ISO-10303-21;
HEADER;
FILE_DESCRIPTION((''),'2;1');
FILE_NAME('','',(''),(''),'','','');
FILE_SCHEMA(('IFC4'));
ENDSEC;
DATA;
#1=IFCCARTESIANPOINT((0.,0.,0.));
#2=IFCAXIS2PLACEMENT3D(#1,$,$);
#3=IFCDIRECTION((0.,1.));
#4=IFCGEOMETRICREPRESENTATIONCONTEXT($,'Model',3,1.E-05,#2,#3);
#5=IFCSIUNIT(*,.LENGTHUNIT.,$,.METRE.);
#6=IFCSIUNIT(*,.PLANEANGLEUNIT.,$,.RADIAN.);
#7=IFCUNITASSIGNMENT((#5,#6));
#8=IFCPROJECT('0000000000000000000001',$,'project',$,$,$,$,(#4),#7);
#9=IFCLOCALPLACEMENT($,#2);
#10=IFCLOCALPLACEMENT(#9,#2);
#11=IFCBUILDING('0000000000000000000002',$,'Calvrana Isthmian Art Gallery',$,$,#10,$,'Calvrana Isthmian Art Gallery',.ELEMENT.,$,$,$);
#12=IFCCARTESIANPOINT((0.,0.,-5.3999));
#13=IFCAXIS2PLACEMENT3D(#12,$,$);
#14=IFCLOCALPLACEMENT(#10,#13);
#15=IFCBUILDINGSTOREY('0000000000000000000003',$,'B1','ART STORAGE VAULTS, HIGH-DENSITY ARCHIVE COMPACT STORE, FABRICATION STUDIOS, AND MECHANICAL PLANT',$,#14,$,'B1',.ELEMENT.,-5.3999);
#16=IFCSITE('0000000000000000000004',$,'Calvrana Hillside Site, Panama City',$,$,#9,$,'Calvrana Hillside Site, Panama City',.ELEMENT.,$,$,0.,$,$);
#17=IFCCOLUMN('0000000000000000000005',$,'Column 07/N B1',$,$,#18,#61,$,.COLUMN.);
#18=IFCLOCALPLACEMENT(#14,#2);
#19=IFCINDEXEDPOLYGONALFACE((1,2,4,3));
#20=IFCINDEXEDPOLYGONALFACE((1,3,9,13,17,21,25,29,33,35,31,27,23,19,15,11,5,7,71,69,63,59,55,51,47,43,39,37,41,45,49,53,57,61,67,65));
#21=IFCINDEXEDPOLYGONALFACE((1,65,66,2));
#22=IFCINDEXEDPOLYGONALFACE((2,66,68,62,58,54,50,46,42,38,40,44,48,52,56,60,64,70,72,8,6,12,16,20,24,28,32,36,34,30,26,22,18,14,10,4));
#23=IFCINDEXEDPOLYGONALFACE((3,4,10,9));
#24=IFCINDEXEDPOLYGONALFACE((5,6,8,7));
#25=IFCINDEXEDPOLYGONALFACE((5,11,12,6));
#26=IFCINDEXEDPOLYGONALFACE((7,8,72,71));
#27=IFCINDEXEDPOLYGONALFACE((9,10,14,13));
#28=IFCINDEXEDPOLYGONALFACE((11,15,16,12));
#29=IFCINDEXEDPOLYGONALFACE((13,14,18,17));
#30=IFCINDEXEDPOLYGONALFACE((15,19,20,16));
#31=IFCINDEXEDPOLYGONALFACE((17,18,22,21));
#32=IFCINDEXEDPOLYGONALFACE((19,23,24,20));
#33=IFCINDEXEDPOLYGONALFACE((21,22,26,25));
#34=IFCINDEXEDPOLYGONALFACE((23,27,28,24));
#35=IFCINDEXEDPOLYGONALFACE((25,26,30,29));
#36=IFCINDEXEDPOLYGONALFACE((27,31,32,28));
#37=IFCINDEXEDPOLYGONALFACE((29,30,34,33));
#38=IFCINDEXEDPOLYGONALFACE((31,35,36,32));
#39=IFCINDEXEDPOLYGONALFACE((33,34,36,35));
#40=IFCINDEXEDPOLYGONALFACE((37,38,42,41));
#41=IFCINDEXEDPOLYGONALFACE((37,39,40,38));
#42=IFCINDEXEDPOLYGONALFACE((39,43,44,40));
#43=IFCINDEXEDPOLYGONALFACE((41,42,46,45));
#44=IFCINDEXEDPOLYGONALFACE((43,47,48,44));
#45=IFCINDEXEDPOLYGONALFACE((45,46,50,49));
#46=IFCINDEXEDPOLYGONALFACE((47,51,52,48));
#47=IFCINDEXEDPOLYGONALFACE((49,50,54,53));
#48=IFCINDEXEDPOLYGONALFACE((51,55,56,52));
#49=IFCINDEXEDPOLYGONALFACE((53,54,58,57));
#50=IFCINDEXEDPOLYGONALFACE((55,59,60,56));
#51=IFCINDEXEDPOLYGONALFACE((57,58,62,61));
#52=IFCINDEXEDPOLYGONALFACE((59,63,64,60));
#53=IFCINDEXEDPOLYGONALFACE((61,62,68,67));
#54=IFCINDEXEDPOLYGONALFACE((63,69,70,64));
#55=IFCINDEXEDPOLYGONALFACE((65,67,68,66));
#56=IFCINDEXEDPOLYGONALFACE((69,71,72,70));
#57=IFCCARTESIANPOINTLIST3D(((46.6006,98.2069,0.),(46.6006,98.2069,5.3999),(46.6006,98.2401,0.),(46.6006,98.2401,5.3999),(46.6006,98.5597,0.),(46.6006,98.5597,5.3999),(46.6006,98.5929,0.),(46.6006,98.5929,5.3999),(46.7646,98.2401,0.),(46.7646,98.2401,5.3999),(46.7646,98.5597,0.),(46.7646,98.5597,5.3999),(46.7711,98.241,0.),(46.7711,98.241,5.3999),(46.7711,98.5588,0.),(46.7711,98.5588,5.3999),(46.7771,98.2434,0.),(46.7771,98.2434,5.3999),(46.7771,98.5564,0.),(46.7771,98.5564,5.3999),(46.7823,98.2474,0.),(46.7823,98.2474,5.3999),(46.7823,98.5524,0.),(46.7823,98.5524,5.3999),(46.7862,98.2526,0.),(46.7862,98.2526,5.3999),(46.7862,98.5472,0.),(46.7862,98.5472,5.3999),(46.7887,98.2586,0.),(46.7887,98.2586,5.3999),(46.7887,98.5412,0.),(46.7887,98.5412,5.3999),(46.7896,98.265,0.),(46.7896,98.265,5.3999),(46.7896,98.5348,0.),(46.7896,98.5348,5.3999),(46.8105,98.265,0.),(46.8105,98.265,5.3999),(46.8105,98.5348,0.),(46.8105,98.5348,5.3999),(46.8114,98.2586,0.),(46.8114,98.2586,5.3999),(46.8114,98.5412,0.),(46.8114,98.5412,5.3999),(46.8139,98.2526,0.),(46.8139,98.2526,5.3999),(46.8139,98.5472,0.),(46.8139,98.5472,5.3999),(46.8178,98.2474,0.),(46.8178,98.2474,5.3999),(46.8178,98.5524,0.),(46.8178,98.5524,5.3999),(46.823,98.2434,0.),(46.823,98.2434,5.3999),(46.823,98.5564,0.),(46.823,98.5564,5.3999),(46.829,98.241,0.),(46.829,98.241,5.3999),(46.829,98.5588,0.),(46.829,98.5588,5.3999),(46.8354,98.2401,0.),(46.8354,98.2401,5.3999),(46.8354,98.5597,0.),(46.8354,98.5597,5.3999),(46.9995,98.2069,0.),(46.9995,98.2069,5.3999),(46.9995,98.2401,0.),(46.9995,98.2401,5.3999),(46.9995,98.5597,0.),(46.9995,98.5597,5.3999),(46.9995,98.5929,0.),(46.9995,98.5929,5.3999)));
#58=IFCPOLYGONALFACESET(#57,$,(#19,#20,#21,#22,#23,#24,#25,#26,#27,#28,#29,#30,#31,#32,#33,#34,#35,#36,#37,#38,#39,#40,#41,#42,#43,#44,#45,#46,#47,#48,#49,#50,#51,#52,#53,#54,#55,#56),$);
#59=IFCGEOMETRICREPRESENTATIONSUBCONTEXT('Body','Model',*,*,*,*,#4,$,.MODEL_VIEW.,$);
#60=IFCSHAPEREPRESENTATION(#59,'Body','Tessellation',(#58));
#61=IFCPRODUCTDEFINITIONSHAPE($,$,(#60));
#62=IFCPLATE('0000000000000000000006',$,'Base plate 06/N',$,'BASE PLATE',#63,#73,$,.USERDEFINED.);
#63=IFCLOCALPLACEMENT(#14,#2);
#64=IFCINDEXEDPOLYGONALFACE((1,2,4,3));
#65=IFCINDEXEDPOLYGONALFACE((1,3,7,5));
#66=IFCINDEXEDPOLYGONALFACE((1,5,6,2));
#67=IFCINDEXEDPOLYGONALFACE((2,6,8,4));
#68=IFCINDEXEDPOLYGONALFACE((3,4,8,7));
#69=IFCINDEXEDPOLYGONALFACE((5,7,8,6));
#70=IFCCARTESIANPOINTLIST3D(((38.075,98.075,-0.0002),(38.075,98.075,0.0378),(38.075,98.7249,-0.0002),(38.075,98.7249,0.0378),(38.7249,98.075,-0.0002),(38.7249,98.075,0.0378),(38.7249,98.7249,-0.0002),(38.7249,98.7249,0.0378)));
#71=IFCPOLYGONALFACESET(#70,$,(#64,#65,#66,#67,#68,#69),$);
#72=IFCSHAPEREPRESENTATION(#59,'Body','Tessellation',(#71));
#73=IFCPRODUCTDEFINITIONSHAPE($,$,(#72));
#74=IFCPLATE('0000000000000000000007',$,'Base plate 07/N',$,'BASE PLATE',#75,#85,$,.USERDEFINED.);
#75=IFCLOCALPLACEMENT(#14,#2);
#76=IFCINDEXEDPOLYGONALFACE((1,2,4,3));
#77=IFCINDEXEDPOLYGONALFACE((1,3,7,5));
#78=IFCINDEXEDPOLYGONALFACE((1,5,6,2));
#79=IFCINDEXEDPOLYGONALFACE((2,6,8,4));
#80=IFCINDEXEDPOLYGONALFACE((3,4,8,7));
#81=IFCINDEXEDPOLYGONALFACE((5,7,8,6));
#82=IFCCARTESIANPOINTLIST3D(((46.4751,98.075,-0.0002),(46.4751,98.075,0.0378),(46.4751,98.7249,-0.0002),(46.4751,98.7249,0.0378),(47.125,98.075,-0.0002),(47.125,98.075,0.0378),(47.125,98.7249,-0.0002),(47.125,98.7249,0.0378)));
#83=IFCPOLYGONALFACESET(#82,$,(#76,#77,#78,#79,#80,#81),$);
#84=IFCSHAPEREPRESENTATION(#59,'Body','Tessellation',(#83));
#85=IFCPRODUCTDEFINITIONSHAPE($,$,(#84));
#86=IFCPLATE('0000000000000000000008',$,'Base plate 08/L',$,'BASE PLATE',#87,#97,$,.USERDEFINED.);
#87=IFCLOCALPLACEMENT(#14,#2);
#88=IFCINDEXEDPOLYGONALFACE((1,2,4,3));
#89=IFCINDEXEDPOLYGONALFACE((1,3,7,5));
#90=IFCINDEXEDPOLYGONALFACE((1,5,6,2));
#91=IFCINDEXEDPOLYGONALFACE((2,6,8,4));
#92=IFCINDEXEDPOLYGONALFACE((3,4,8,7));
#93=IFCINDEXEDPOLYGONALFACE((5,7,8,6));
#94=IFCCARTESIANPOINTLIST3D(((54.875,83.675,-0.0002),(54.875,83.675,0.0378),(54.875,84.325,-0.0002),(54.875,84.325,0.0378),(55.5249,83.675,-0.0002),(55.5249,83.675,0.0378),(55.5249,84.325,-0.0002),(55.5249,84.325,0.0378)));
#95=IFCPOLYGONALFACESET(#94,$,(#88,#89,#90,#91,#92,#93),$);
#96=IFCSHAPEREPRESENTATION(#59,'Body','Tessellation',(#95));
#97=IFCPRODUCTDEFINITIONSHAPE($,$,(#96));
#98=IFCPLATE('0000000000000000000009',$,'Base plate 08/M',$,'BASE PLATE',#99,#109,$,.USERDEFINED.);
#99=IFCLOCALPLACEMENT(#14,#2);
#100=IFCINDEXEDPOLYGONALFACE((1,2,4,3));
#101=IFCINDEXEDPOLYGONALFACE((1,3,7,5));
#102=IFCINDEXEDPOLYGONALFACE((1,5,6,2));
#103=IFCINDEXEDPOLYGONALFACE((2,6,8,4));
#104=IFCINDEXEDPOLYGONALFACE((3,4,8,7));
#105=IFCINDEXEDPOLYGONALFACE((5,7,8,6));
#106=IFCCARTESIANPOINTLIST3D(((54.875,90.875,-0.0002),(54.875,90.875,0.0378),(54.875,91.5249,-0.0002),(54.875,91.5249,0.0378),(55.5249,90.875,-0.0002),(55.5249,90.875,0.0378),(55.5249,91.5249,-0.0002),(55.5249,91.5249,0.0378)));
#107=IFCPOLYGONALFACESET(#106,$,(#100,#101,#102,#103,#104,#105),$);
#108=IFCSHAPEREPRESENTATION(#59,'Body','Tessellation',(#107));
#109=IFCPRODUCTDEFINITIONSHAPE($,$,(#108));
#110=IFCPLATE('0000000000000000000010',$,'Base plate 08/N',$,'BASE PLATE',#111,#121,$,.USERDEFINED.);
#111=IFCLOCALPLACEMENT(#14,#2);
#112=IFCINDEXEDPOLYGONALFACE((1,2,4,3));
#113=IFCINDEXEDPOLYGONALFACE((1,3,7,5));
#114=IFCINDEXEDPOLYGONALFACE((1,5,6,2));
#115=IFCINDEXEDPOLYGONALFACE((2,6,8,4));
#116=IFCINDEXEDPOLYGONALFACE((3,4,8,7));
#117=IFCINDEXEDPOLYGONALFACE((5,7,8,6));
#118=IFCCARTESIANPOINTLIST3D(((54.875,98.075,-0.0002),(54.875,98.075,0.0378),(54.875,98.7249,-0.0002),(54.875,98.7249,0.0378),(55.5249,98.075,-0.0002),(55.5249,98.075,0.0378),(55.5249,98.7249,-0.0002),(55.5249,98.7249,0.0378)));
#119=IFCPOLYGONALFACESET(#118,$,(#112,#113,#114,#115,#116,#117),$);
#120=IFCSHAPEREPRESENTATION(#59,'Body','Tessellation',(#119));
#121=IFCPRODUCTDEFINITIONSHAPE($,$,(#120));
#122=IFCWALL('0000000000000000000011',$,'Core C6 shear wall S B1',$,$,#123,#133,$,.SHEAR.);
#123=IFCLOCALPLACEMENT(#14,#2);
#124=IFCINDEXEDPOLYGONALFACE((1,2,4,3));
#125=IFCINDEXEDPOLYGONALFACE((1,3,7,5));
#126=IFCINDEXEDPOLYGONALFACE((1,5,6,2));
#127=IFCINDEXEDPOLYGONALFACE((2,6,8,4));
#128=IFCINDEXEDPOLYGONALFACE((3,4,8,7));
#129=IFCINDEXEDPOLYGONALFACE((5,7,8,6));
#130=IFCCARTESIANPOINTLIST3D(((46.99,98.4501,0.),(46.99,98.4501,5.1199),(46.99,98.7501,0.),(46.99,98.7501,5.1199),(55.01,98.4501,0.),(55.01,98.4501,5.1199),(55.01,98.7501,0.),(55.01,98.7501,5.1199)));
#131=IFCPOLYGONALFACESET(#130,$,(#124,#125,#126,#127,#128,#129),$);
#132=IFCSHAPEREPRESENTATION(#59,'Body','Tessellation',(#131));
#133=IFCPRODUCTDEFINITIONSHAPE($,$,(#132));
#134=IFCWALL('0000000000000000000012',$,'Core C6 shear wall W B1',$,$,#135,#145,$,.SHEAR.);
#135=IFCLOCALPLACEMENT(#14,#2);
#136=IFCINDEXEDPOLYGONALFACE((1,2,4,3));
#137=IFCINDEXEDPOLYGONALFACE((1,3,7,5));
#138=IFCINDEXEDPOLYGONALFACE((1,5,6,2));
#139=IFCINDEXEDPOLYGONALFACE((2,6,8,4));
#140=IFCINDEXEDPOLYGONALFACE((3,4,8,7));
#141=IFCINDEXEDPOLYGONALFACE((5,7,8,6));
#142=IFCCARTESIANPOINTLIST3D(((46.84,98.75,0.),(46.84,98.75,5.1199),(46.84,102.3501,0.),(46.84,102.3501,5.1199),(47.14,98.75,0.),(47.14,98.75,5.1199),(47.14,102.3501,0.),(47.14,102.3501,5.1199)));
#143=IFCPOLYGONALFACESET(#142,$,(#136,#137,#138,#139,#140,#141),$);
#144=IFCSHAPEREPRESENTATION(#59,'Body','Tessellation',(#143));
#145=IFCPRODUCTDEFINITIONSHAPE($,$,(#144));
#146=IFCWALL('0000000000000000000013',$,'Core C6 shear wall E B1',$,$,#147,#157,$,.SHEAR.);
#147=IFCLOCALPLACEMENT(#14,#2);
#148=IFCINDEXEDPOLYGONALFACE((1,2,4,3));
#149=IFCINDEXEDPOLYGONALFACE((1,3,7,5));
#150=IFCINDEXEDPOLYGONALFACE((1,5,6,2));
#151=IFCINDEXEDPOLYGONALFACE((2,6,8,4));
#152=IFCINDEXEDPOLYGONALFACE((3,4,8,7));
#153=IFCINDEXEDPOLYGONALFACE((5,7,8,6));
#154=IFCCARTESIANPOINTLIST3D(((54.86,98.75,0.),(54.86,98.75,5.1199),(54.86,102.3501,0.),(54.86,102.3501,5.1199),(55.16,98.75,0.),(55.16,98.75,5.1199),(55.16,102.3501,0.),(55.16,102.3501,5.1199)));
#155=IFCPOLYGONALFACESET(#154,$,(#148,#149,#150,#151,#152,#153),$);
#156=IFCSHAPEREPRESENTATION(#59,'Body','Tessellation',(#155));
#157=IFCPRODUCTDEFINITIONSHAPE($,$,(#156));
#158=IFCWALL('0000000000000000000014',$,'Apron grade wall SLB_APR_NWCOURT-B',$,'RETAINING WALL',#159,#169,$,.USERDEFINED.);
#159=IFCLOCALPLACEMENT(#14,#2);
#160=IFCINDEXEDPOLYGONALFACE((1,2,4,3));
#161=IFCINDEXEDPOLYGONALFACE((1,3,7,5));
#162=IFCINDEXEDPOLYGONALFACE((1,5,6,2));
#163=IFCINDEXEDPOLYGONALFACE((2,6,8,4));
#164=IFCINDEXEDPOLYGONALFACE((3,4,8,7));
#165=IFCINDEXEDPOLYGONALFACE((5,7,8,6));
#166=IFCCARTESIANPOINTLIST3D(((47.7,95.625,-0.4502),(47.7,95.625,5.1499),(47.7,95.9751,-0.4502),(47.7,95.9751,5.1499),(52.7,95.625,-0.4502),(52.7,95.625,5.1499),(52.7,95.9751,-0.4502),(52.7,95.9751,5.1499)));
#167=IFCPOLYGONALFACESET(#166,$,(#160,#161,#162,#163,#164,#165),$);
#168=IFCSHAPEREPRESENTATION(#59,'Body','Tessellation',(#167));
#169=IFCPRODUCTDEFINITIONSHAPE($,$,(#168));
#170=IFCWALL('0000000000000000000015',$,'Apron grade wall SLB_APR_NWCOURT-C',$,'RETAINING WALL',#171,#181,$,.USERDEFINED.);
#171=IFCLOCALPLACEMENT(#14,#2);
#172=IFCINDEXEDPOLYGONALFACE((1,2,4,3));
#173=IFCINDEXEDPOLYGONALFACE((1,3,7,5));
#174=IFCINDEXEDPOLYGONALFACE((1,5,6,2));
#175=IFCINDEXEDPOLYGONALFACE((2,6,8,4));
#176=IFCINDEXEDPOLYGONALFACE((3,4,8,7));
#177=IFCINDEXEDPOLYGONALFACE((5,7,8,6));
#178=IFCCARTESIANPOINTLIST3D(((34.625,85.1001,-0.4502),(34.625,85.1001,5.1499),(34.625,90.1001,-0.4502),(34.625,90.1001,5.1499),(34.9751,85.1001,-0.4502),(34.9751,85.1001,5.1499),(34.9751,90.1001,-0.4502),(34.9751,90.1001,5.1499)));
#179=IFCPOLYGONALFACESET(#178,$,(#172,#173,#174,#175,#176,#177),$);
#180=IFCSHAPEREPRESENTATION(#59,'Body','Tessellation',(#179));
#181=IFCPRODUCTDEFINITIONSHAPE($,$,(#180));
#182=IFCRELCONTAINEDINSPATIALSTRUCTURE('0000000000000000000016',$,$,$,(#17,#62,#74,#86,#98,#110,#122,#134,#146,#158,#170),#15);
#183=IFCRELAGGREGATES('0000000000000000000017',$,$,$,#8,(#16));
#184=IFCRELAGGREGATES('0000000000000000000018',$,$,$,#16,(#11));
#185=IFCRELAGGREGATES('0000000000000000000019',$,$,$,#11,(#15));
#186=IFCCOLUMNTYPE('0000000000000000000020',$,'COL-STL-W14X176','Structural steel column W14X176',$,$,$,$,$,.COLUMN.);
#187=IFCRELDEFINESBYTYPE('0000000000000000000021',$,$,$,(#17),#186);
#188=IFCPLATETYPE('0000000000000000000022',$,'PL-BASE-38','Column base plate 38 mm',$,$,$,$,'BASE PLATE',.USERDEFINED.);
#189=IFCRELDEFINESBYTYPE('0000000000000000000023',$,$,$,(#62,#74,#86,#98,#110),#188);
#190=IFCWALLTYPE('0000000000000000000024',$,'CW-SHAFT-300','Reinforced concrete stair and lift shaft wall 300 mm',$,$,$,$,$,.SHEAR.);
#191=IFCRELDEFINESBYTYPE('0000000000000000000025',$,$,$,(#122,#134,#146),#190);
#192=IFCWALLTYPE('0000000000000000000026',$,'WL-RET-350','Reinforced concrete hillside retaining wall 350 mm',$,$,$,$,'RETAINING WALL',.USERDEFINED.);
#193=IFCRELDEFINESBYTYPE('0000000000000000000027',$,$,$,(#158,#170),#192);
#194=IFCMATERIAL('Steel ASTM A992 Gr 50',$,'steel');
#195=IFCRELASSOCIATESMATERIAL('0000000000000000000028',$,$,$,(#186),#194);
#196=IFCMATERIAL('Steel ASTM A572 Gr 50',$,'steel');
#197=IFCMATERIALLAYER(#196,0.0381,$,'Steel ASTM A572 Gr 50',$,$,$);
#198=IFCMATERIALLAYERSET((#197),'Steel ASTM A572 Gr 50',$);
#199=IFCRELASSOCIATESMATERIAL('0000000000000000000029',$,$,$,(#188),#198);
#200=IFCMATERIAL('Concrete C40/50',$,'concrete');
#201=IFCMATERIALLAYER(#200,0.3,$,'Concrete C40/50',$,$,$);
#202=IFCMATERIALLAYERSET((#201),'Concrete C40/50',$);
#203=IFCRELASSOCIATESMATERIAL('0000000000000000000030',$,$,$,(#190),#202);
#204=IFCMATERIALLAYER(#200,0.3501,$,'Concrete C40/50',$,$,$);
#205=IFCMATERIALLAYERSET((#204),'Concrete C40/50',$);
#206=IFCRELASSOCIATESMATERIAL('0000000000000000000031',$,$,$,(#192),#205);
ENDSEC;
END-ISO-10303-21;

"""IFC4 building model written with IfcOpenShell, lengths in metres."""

from ifc_helpers import new_model, si_unit, direction, frame, frame_2d, origin, origin_2d, place, context, subcontext, project, spatial, rectangle, i_section, extrude, material, layer, layer_set, material_profile, profile_set, type_object, element, save


model = new_model("IFC4")

# Units and contexts
model_context = context("Model", 3, precision=1e-05, world=origin(), true_north=direction((0.0, 1.0)))
body_context = subcontext(model_context, "Body", "Model", "MODEL_VIEW")
ifc_project = project(units=[si_unit("LENGTHUNIT", "METRE"), si_unit("PLANEANGLEUNIT", "RADIAN")], contexts=[model_context])

# Site, building, storey
site_placement = place(None, origin())
site = spatial("IfcSite", under=ifc_project, at=site_placement, Name="Calvrana Hillside Site, Panama City", LongName="Calvrana Hillside Site, Panama City", CompositionType="ELEMENT", RefElevation=0.0)
building_placement = place(site_placement, origin())
building = spatial("IfcBuilding", under=site, at=building_placement, Name="Calvrana Isthmian Art Gallery", LongName="Calvrana Isthmian Art Gallery", CompositionType="ELEMENT")
storey_placement = place(building_placement, frame((0.0, 0.0, -5.3999)))
storey = spatial("IfcBuildingStorey", under=building, at=storey_placement, Name="B1", Description="ART STORAGE VAULTS, HIGH-DENSITY ARCHIVE COMPACT STORE, FABRICATION STUDIOS, AND MECHANICAL PLANT", LongName="B1", CompositionType="ELEMENT", Elevation=-5.3999)

# Column
ifc_material_1 = material(Name="Steel ASTM A992 Gr 50", Category="steel")
ifc_material_profile_1 = material_profile(ifc_material_1, i_section(OverallWidth=0.3989, OverallDepth=0.386, WebThickness=0.021, FlangeThickness=0.0332, FilletRadius=0.0249, at=origin_2d()), Name="W14X176")
ifc_profile_set_1 = profile_set([ifc_material_profile_1], Name="Steel ASTM A992 Gr 50")
column_type_1 = type_object("IfcColumnType", Name="COL-STL-W14X176", Description="Structural steel column W14X176", PredefinedType="COLUMN", material=ifc_profile_set_1)
column_1_placement = place(storey_placement, frame((46.8, 98.3999, 0.0), z_axis=(0.0, 0.0, 1.0), x_axis=(1.0, 0.0, 0.0)))
element("IfcColumn", 1, at=column_1_placement, inside=storey, type_object=column_type_1, Name="Column 07/N B1", PredefinedType="COLUMN", context=body_context, shape_type="SweptSolid", body=[
    extrude(i_section(OverallWidth=0.3989, OverallDepth=0.386, WebThickness=0.021, FlangeThickness=0.0332, FilletRadius=0.0249, at=origin_2d()), origin(), (0.0, 0.0, 1.0), 5.3999),
])

# Plates
ifc_material_2 = material(Name="Steel ASTM A572 Gr 50", Category="steel")
ifc_layer_1 = layer(ifc_material_2, 0.0381, Name="Steel ASTM A572 Gr 50")
ifc_layer_set_1 = layer_set([ifc_layer_1], Name="Steel ASTM A572 Gr 50")
plate_type = type_object("IfcPlateType", Name="PL-BASE-38", Description="Column base plate 38 mm", ElementType="BASE PLATE", PredefinedType="USERDEFINED", material=ifc_layer_set_1)
for number, where, z_axis, x_axis, name in (
    (2, (38.3999, 98.3999, -0.0002), (0.0, 0.0, 1.0), (1.0, 0.0, 0.0), "Base plate 06/N"),
    (3, (46.8, 98.3999, -0.0002), (0.0, 0.0, 1.0), (1.0, 0.0, 0.0), "Base plate 07/N"),
    (4, (55.2, 84.0, -0.0002), (0.0, 0.0, 1.0), (1.0, 0.0, 0.0), "Base plate 08/L"),
    (5, (55.2, 91.2, -0.0002), (0.0, 0.0, 1.0), (1.0, 0.0, 0.0), "Base plate 08/M"),
    (6, (55.2, 98.3999, -0.0002), (0.0, 0.0, 1.0), (1.0, 0.0, 0.0), "Base plate 08/N"),
):
    element("IfcPlate", number, at=place(storey_placement, frame(where, z_axis=z_axis, x_axis=x_axis)), inside=storey, type_object=plate_type, Name=name, ObjectType="BASE PLATE", PredefinedType="USERDEFINED", context=body_context, shape_type="SweptSolid", body=[
        extrude(rectangle(XDim=0.6499, YDim=0.6499, at=origin_2d()), origin(), (0.0, 0.0, 1.0), 0.0381),
    ])

# Walls
ifc_material_3 = material(Name="Concrete C40/50", Category="concrete")
ifc_layer_2 = layer(ifc_material_3, 0.3, Name="Concrete C40/50")
ifc_layer_set_2 = layer_set([ifc_layer_2], Name="Concrete C40/50")
wall_type_1 = type_object("IfcWallType", Name="CW-SHAFT-300", Description="Reinforced concrete stair and lift shaft wall 300 mm", PredefinedType="SHEAR", material=ifc_layer_set_2)
wall_placement = place(storey_placement, frame((46.99, 98.6001, 0.0), z_axis=(0.0, 0.0, 1.0), x_axis=(1.0, 0.0, 0.0)))
element("IfcWall", 7, at=wall_placement, inside=storey, type_object=wall_type_1, Name="Core C6 shear wall S B1", PredefinedType="SHEAR", context=body_context, shape_type="SweptSolid", body=[
    extrude(rectangle(XDim=8.02, YDim=0.3, at=frame_2d((4.01, 0.0))), origin(), (0.0, 0.0, 1.0), 5.1199),
])
for number, where, z_axis, x_axis, name in (
    (8, (46.99, 98.75, 0.0), (0.0, 0.0, 1.0), (0.0, 1.0, 0.0), "Core C6 shear wall W B1"),
    (9, (55.01, 98.75, 0.0), (0.0, 0.0, 1.0), (0.0, 1.0, 0.0), "Core C6 shear wall E B1"),
):
    element("IfcWall", number, at=place(storey_placement, frame(where, z_axis=z_axis, x_axis=x_axis)), inside=storey, type_object=wall_type_1, Name=name, PredefinedType="SHEAR", context=body_context, shape_type="SweptSolid", body=[
        extrude(rectangle(XDim=3.6001, YDim=0.3, at=frame_2d((1.8, 0.0))), origin(), (0.0, 0.0, 1.0), 5.1199),
    ])
ifc_layer_3 = layer(ifc_material_3, 0.3501, Name="Concrete C40/50")
ifc_layer_set_3 = layer_set([ifc_layer_3], Name="Concrete C40/50")
wall_type_2 = type_object("IfcWallType", Name="WL-RET-350", Description="Reinforced concrete hillside retaining wall 350 mm", ElementType="RETAINING WALL", PredefinedType="USERDEFINED", material=ifc_layer_set_3)
for number, where, z_axis, x_axis, name in (
    (10, (47.7, 95.8, -0.4502), (0.0, 0.0, 1.0), (1.0, 0.0, 0.0), "Apron grade wall SLB_APR_NWCOURT-B"),
    (11, (34.8, 85.1001, -0.4502), (0.0, 0.0, 1.0), (0.0, 1.0, 0.0), "Apron grade wall SLB_APR_NWCOURT-C"),
):
    element("IfcWall", number, at=place(storey_placement, frame(where, z_axis=z_axis, x_axis=x_axis)), inside=storey, type_object=wall_type_2, Name=name, ObjectType="RETAINING WALL", PredefinedType="USERDEFINED", context=body_context, shape_type="SweptSolid", body=[
        extrude(rectangle(XDim=5.0, YDim=0.3501, at=frame_2d((2.5, 0.0))), origin(), (0.0, 0.0, 1.0), 5.6001),
    ])

save(model, "model.ifc")
